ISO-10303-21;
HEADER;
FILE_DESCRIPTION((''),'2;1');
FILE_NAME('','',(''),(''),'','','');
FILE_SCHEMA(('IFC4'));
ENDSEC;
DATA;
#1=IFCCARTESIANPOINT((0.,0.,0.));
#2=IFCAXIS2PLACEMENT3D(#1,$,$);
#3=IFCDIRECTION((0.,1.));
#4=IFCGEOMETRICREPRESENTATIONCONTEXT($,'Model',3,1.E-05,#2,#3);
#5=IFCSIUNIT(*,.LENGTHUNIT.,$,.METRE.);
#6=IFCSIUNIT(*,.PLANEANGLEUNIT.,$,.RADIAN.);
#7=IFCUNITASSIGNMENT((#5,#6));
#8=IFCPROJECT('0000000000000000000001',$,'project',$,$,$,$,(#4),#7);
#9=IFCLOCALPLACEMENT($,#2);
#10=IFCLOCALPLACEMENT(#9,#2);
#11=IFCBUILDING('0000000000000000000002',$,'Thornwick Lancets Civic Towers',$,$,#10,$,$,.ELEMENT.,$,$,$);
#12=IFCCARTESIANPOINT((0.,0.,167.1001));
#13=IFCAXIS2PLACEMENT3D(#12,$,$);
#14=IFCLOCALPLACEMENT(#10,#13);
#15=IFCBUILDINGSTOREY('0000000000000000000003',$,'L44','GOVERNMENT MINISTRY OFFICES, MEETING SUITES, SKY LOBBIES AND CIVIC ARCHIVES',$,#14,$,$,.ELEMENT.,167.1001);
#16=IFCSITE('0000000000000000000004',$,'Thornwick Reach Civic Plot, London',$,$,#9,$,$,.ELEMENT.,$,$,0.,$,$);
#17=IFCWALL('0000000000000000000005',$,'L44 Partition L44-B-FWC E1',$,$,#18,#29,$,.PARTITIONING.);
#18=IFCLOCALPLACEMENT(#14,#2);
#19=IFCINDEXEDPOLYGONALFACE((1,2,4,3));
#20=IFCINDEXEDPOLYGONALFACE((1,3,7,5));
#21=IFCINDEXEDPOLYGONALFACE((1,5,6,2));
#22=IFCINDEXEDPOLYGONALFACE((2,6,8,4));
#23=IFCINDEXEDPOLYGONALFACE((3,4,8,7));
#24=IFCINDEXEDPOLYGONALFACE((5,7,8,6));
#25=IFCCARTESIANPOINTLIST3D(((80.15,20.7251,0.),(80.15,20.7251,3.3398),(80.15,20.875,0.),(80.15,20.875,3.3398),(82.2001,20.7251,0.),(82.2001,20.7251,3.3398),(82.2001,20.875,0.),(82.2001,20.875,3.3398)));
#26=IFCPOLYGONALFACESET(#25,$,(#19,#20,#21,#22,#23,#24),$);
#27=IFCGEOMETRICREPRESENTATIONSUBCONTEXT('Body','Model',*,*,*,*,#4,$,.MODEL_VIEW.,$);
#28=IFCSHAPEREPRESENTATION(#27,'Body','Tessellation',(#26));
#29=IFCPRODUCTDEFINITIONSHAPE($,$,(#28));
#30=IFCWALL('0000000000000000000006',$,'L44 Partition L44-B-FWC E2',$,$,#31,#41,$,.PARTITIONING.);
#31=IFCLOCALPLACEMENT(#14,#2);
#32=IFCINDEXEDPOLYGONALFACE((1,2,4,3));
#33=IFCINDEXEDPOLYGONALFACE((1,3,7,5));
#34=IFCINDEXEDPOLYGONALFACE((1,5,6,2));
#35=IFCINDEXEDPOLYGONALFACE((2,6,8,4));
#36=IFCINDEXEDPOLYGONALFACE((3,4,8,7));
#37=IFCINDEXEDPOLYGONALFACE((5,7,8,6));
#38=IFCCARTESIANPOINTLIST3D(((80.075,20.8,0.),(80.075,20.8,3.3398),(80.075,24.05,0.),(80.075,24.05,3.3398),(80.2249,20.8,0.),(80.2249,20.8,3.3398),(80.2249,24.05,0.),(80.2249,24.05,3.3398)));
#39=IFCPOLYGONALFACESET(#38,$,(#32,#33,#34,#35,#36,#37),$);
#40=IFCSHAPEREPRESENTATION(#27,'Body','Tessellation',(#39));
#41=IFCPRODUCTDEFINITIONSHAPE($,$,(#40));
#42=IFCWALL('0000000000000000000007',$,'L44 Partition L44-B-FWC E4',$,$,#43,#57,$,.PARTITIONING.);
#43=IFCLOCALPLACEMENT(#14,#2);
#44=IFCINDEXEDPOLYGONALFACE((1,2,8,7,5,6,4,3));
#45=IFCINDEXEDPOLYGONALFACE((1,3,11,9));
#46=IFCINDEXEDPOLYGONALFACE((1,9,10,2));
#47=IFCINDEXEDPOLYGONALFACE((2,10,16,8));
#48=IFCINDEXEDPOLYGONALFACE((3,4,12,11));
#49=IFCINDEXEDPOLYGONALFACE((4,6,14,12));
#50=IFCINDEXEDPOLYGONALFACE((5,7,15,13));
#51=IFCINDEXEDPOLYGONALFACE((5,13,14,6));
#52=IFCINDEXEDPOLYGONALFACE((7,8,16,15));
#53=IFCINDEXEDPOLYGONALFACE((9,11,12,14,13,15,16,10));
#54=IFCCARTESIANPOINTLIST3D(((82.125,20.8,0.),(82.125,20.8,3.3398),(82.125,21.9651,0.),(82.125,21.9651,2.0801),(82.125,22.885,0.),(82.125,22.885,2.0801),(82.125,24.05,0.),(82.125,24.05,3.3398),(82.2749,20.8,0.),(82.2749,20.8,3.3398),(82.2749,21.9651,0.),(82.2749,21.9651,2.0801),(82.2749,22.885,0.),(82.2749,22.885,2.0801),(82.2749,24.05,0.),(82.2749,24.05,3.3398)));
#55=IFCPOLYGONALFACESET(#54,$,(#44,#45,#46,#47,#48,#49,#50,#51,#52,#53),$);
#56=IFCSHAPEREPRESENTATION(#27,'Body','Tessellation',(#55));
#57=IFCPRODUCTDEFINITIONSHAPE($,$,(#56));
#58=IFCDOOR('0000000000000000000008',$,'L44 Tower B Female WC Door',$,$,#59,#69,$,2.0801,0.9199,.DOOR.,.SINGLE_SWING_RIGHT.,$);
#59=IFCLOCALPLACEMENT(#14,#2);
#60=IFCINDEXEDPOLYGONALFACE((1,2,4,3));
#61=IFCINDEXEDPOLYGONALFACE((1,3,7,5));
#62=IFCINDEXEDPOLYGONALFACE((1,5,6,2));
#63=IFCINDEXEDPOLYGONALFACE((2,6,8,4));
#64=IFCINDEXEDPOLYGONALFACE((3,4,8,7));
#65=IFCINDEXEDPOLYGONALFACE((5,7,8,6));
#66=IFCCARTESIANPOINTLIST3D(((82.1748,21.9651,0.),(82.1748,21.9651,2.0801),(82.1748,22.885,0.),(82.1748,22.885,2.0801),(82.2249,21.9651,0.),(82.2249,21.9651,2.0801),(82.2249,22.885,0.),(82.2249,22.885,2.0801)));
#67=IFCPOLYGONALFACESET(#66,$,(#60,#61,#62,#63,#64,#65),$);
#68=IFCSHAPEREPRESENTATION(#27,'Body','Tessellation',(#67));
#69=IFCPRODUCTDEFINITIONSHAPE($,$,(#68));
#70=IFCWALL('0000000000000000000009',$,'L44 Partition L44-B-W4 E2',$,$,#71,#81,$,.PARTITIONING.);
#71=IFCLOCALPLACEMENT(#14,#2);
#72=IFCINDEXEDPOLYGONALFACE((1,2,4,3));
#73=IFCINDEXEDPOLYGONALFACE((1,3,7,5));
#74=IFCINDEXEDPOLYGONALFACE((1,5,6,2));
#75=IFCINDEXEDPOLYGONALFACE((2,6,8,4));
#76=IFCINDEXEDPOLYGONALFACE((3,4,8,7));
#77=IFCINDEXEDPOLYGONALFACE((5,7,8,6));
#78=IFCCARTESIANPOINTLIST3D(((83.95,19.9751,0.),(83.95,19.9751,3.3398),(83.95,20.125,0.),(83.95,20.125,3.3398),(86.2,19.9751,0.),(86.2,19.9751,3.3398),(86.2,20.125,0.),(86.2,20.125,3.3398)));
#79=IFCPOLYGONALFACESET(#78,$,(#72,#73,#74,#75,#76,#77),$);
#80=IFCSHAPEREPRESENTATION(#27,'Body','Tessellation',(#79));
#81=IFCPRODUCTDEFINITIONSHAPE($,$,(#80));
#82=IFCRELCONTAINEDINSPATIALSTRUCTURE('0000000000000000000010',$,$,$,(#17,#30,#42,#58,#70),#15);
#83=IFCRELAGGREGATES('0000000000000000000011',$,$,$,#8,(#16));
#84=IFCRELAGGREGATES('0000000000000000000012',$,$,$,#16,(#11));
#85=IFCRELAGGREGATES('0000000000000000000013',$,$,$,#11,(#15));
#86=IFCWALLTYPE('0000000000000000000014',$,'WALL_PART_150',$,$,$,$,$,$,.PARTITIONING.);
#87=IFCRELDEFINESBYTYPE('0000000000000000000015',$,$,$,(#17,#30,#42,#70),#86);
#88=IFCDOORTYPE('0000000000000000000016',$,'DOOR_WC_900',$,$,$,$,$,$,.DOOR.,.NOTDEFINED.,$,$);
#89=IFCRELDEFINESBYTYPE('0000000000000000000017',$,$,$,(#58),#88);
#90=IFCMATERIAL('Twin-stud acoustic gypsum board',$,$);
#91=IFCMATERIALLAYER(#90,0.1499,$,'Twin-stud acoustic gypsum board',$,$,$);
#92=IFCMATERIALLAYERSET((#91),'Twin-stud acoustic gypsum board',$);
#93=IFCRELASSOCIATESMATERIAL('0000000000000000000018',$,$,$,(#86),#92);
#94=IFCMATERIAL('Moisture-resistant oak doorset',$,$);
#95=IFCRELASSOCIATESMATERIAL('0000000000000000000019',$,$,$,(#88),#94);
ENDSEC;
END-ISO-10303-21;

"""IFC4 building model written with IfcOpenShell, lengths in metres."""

from ifc_helpers import new_model, si_unit, direction, frame, frame_2d, origin, place, context, subcontext, project, spatial, rectangle, extrude, material, layer, layer_set, type_object, element, fill, save


model = new_model("IFC4")

# Units and contexts
model_context = context("Model", 3, precision=1e-05, world=origin(), true_north=direction((0.0, 1.0)))
body_context = subcontext(model_context, "Body", "Model", "MODEL_VIEW")
ifc_project = project(units=[si_unit("LENGTHUNIT", "METRE"), si_unit("PLANEANGLEUNIT", "RADIAN")], contexts=[model_context])

# Site, building, storey
site_placement = place(None, origin())
site = spatial("IfcSite", under=ifc_project, at=site_placement, Name="Thornwick Reach Civic Plot, London", CompositionType="ELEMENT", RefElevation=0.0)
building_placement = place(site_placement, origin())
building = spatial("IfcBuilding", under=site, at=building_placement, Name="Thornwick Lancets Civic Towers", CompositionType="ELEMENT")
storey_placement = place(building_placement, frame((0.0, 0.0, 167.1001)))
storey = spatial("IfcBuildingStorey", under=building, at=storey_placement, Name="L44", Description="GOVERNMENT MINISTRY OFFICES, MEETING SUITES, SKY LOBBIES AND CIVIC ARCHIVES", CompositionType="ELEMENT", Elevation=167.1001)

# Walls
ifc_material_1 = material(Name="Twin-stud acoustic gypsum board")
ifc_layer_1 = layer(ifc_material_1, 0.1499, Name="Twin-stud acoustic gypsum board")
ifc_layer_set_1 = layer_set([ifc_layer_1], Name="Twin-stud acoustic gypsum board")
wall_type_1 = type_object("IfcWallType", Name="WALL_PART_150", PredefinedType="PARTITIONING", material=ifc_layer_set_1)
wall_1_placement = place(storey_placement, frame((82.2, 20.8, 0.0), z_axis=(0.0, 0.0, 1.0), x_axis=(-1.0, 0.0, 0.0)))
element("IfcWall", 1, at=wall_1_placement, inside=storey, type_object=wall_type_1, Name="L44 Partition L44-B-FWC E1", PredefinedType="PARTITIONING", context=body_context, shape_type="SweptSolid", body=[
    extrude(rectangle(XDim=2.05, YDim=0.1499, at=frame_2d((1.0249, 0.0))), origin(), (0.0, 0.0, 1.0), 3.3398),
])
wall_2_placement = place(storey_placement, frame((80.1499, 20.8, 0.0), z_axis=(0.0, 0.0, 1.0), x_axis=(0.0, 1.0, 0.0)))
element("IfcWall", 2, at=wall_2_placement, inside=storey, type_object=wall_type_1, Name="L44 Partition L44-B-FWC E2", PredefinedType="PARTITIONING", context=body_context, shape_type="SweptSolid", body=[
    extrude(rectangle(XDim=3.25, YDim=0.1499, at=frame_2d((1.625, 0.0))), origin(), (0.0, 0.0, 1.0), 3.3398),
])

# Wall, opening, door
wall_3_placement = place(storey_placement, frame((82.2, 24.05, 0.0), z_axis=(0.0, 0.0, 1.0), x_axis=(0.0, -1.0, 0.0)))
wall_3 = element("IfcWall", 3, at=wall_3_placement, inside=storey, type_object=wall_type_1, Name="L44 Partition L44-B-FWC E4", PredefinedType="PARTITIONING", context=body_context, shape_type="SweptSolid", body=[
    extrude(rectangle(XDim=3.25, YDim=0.1499, at=frame_2d((1.625, 0.0))), origin(), (0.0, 0.0, 1.0), 3.3398),
])
opening_1_placement = place(wall_3_placement, frame((1.165, 0.0, 0.0)))
opening_1 = element("IfcOpeningElement", 4, at=opening_1_placement, cuts=wall_3, PredefinedType="OPENING", context=body_context, shape_type="SweptSolid", body=[
    extrude(rectangle(XDim=0.9199, YDim=2.0801, at=frame_2d((0.46, 1.04))), frame((0.0, 0.085, 0.0), z_axis=(0.0, -1.0, 0.0), x_axis=(1.0, 0.0, 0.0)), (0.0, 0.0, 1.0), 0.1699),
])
ifc_material_2 = material(Name="Moisture-resistant oak doorset")
door_type_1 = type_object("IfcDoorType", Name="DOOR_WC_900", OperationType="NOTDEFINED", PredefinedType="DOOR", material=ifc_material_2)
door_1_placement = place(opening_1_placement, origin())
door_1 = element("IfcDoor", 5, at=door_1_placement, inside=storey, type_object=door_type_1, Name="L44 Tower B Female WC Door", OperationType="SINGLE_SWING_RIGHT", OverallHeight=2.0801, OverallWidth=0.9199, PredefinedType="DOOR", context=body_context, shape_type="SweptSolid", body=[
    extrude(rectangle(XDim=0.9199, YDim=2.0801, at=frame_2d((0.46, 1.04))), frame((0.0, 0.0249, 0.0), z_axis=(0.0, -1.0, 0.0), x_axis=(1.0, 0.0, 0.0)), (0.0, 0.0, 1.0), 0.05),
])
fill(opening_1, door_1)

# Wall
wall_4_placement = place(storey_placement, frame((83.95, 20.05, 0.0), z_axis=(0.0, 0.0, 1.0), x_axis=(1.0, 0.0, 0.0)))
element("IfcWall", 6, at=wall_4_placement, inside=storey, type_object=wall_type_1, Name="L44 Partition L44-B-W4 E2", PredefinedType="PARTITIONING", context=body_context, shape_type="SweptSolid", body=[
    extrude(rectangle(XDim=2.25, YDim=0.1499, at=frame_2d((1.125, 0.0))), origin(), (0.0, 0.0, 1.0), 3.3398),
])

save(model, "model.ifc")
